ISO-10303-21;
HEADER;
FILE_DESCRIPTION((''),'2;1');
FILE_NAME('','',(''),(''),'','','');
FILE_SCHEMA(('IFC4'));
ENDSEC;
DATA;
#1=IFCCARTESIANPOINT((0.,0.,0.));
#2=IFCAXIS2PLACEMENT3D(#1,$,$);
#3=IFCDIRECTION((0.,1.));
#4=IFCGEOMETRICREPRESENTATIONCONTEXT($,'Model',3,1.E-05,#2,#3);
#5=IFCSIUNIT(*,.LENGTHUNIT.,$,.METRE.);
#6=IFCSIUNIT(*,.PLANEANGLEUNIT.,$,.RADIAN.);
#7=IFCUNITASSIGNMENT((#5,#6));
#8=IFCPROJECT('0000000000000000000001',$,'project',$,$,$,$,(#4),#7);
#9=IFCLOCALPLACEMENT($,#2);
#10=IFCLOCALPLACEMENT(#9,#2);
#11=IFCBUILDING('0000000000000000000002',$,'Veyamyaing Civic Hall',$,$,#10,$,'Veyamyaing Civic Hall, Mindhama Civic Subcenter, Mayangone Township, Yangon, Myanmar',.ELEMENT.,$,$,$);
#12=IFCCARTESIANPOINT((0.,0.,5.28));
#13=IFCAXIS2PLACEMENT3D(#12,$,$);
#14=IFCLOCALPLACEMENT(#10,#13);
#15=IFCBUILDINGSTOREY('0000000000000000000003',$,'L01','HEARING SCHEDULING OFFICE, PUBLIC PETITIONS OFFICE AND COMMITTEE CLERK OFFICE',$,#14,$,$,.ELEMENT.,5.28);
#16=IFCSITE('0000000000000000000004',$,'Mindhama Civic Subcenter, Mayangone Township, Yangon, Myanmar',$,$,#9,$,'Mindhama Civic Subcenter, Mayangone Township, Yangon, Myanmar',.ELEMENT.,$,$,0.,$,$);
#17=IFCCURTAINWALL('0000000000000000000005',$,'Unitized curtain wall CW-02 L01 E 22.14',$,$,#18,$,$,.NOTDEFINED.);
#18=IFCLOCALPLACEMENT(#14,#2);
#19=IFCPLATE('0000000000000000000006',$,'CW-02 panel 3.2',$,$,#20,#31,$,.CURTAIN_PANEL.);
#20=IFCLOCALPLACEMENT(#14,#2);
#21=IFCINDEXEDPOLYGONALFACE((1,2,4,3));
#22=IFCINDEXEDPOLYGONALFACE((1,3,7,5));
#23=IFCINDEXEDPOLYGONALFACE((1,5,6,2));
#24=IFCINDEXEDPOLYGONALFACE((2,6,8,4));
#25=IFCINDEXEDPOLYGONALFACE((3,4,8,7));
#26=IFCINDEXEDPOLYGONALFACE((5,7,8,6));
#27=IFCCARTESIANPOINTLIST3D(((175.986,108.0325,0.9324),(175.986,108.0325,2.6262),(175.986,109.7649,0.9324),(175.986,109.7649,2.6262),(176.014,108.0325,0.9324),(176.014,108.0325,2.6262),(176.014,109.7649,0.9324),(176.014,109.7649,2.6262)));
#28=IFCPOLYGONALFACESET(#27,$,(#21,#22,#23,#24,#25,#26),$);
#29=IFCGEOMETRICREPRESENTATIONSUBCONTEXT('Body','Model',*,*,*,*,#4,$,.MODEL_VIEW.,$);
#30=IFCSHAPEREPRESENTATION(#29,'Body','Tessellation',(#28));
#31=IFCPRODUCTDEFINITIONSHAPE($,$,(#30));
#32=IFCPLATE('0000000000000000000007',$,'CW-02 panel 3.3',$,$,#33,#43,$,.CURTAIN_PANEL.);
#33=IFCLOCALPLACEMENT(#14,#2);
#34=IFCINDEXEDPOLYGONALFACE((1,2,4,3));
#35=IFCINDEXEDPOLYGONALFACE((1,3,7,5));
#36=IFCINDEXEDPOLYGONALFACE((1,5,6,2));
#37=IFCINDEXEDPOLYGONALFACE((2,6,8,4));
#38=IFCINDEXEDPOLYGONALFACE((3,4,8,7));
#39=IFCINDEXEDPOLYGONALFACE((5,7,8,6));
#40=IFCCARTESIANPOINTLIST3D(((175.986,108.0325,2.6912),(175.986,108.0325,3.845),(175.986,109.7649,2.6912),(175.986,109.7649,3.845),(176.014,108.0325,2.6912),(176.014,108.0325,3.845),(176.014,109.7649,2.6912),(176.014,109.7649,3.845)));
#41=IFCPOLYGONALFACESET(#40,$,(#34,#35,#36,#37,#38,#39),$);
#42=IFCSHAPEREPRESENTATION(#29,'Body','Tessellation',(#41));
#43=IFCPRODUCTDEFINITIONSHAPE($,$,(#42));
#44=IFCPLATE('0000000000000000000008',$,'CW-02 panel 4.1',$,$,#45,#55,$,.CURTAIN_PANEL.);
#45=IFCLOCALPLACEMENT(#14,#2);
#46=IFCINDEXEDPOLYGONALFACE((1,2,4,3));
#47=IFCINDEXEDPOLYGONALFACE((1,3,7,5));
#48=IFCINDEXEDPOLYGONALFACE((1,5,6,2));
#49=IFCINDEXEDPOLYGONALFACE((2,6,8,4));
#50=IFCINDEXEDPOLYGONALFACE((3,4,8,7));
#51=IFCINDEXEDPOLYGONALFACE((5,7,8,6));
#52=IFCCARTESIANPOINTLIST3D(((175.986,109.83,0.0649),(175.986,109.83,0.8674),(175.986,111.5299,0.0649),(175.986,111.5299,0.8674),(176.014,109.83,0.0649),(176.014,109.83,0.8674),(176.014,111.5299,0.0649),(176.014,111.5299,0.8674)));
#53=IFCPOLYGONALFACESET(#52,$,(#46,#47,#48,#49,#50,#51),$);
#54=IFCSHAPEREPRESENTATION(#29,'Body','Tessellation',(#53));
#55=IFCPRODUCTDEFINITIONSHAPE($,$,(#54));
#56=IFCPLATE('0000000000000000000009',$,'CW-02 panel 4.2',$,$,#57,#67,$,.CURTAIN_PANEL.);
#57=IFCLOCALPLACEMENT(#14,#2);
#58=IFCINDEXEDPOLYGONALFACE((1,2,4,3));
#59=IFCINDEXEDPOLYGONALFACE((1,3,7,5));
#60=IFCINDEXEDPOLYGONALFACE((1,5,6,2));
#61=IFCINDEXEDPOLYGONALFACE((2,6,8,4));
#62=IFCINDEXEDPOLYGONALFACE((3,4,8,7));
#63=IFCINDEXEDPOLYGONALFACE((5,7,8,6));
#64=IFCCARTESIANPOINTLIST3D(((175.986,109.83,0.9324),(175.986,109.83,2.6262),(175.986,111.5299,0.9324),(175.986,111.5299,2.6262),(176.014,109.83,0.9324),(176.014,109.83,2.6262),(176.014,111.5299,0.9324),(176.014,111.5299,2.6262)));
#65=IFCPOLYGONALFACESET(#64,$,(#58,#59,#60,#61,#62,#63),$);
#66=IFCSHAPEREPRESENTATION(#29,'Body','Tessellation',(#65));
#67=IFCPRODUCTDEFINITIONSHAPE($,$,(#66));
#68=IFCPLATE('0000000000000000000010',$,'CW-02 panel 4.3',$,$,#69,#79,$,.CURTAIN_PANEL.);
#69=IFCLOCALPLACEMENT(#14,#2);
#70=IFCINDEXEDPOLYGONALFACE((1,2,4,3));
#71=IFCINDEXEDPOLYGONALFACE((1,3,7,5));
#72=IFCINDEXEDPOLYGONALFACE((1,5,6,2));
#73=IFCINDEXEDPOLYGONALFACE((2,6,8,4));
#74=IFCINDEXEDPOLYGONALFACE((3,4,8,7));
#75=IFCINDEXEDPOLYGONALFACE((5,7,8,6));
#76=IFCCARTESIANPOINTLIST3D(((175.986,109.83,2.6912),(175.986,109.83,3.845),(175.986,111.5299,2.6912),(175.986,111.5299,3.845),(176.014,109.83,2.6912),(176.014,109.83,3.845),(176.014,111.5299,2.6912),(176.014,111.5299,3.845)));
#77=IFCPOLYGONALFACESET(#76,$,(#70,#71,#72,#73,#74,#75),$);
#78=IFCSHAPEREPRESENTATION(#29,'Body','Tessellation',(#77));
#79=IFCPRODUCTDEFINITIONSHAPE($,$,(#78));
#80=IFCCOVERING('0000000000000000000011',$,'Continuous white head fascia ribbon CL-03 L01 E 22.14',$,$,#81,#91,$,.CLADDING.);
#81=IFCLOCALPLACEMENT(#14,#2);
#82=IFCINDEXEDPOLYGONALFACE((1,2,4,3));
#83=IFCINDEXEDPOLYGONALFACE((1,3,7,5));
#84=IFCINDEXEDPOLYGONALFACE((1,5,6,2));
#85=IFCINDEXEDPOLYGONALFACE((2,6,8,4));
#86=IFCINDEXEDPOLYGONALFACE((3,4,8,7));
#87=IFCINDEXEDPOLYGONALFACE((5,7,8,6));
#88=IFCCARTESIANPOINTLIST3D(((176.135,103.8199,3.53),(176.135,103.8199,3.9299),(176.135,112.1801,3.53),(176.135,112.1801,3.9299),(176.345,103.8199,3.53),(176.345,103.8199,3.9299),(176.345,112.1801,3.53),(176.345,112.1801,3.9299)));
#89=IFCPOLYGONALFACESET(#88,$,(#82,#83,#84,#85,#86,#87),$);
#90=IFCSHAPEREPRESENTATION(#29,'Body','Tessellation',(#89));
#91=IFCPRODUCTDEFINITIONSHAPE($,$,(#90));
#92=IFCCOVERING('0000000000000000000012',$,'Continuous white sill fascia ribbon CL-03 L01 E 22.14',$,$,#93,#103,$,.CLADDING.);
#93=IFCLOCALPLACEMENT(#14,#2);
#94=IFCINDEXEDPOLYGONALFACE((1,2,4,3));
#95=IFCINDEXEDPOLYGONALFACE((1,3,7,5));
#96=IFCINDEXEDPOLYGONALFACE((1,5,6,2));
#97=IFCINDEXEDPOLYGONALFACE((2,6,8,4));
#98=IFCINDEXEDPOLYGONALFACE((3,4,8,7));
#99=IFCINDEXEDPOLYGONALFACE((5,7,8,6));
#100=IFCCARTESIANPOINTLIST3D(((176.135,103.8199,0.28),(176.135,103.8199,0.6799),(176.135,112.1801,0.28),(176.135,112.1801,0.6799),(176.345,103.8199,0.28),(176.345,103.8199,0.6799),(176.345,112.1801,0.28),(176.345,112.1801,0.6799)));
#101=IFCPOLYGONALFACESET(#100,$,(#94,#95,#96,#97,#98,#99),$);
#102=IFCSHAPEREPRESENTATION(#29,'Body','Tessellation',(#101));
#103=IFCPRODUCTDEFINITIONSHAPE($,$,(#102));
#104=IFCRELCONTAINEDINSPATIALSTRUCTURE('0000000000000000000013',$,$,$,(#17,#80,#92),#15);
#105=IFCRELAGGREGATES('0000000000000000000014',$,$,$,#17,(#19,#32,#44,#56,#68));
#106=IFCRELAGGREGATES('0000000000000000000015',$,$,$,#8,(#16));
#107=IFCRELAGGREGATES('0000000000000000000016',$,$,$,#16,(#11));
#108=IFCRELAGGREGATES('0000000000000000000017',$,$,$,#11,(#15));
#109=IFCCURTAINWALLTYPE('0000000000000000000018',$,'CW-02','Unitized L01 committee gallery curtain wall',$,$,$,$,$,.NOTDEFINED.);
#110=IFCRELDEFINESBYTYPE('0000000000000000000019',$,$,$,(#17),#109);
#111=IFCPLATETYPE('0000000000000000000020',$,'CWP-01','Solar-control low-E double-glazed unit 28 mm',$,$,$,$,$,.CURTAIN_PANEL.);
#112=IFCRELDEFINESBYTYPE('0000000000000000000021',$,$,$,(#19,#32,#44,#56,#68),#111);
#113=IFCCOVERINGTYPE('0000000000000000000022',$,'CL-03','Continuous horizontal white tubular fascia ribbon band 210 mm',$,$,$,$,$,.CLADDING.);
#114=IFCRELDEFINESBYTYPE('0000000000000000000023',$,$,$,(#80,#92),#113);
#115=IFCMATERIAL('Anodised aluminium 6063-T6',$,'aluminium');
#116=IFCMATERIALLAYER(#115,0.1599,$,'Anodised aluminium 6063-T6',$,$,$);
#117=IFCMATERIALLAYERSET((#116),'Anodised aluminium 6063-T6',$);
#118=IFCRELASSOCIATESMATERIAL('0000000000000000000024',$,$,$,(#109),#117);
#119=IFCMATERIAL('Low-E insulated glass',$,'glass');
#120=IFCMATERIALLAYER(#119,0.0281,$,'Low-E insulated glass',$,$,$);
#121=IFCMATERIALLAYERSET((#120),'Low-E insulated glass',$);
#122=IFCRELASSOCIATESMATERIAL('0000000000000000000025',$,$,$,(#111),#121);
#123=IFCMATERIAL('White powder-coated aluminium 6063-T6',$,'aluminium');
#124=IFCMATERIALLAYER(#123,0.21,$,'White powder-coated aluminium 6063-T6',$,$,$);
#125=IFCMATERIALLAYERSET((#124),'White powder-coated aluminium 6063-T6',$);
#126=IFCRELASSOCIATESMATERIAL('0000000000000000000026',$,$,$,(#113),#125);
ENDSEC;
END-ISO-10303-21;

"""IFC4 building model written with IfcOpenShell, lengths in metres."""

from ifc_helpers import new_model, si_unit, direction, frame, origin, origin_2d, place, context, subcontext, project, spatial, rectangle, extrude, material, layer, layer_set, type_object, element, aggregate, save


model = new_model("IFC4")

# Units and contexts
model_context = context("Model", 3, precision=1e-05, world=origin(), true_north=direction((0.0, 1.0)))
body_context = subcontext(model_context, "Body", "Model", "MODEL_VIEW")
ifc_project = project(units=[si_unit("LENGTHUNIT", "METRE"), si_unit("PLANEANGLEUNIT", "RADIAN")], contexts=[model_context])

# Site, building, storey
site_placement = place(None, origin())
site = spatial("IfcSite", under=ifc_project, at=site_placement, Name="Mindhama Civic Subcenter, Mayangone Township, Yangon, Myanmar", LongName="Mindhama Civic Subcenter, Mayangone Township, Yangon, Myanmar", CompositionType="ELEMENT", RefElevation=0.0)
building_placement = place(site_placement, origin())
building = spatial("IfcBuilding", under=site, at=building_placement, Name="Veyamyaing Civic Hall", LongName="Veyamyaing Civic Hall, Mindhama Civic Subcenter, Mayangone Township, Yangon, Myanmar", CompositionType="ELEMENT")
storey_placement = place(building_placement, frame((0.0, 0.0, 5.28)))
storey = spatial("IfcBuildingStorey", under=building, at=storey_placement, Name="L01", Description="HEARING SCHEDULING OFFICE, PUBLIC PETITIONS OFFICE AND COMMITTEE CLERK OFFICE", CompositionType="ELEMENT", Elevation=5.28)

# Shared definitions
ifc_material_1 = material(Name="Anodised aluminium 6063-T6", Category="aluminium")
ifc_layer_1 = layer(ifc_material_1, 0.1599, Name="Anodised aluminium 6063-T6")
ifc_layer_set_1 = layer_set([ifc_layer_1], Name="Anodised aluminium 6063-T6")
curtain_wall_type = type_object("IfcCurtainWallType", Name="CW-02", Description="Unitized L01 committee gallery curtain wall", PredefinedType="NOTDEFINED", material=ifc_layer_set_1)

# Curtain wall
curtain_wall_1_placement = place(storey_placement, origin())
curtain_wall_1 = element("IfcCurtainWall", 1, at=curtain_wall_1_placement, inside=storey, type_object=curtain_wall_type, Name="Unitized curtain wall CW-02 L01 E 22.14", PredefinedType="NOTDEFINED")

# Plates
ifc_material_2 = material(Name="Low-E insulated glass", Category="glass")
ifc_layer_2 = layer(ifc_material_2, 0.0281, Name="Low-E insulated glass")
ifc_layer_set_2 = layer_set([ifc_layer_2], Name="Low-E insulated glass")
plate_type = type_object("IfcPlateType", Name="CWP-01", Description="Solar-control low-E double-glazed unit 28 mm", PredefinedType="CURTAIN_PANEL", material=ifc_layer_set_2)
plate_1_placement = place(storey_placement, frame((176.0, 108.8987, 0.9324), z_axis=(0.0, 0.0, 1.0), x_axis=(0.0, 1.0, 0.0)))
plate_1 = element("IfcPlate", 2, at=plate_1_placement, type_object=plate_type, Name="CW-02 panel 3.2", PredefinedType="CURTAIN_PANEL", context=body_context, shape_type="SweptSolid", body=[
    extrude(rectangle(XDim=1.7324, YDim=0.0281, at=origin_2d()), origin(), (0.0, 0.0, 1.0), 1.6938),
])
plate_2_placement = place(storey_placement, frame((176.0, 108.8987, 2.6912), z_axis=(0.0, 0.0, 1.0), x_axis=(0.0, 1.0, 0.0)))
plate_2 = element("IfcPlate", 3, at=plate_2_placement, type_object=plate_type, Name="CW-02 panel 3.3", PredefinedType="CURTAIN_PANEL", context=body_context, shape_type="SweptSolid", body=[
    extrude(rectangle(XDim=1.7324, YDim=0.0281, at=origin_2d()), origin(), (0.0, 0.0, 1.0), 1.1538),
])
plate_3_placement = place(storey_placement, frame((176.0, 110.6799, 0.0649), z_axis=(0.0, 0.0, 1.0), x_axis=(0.0, 1.0, 0.0)))
plate_3 = element("IfcPlate", 4, at=plate_3_placement, type_object=plate_type, Name="CW-02 panel 4.1", PredefinedType="CURTAIN_PANEL", context=body_context, shape_type="SweptSolid", body=[
    extrude(rectangle(XDim=1.7, YDim=0.0281, at=origin_2d()), origin(), (0.0, 0.0, 1.0), 0.8025),
])
plate_4_placement = place(storey_placement, frame((176.0, 110.6799, 0.9324), z_axis=(0.0, 0.0, 1.0), x_axis=(0.0, 1.0, 0.0)))
plate_4 = element("IfcPlate", 5, at=plate_4_placement, type_object=plate_type, Name="CW-02 panel 4.2", PredefinedType="CURTAIN_PANEL", context=body_context, shape_type="SweptSolid", body=[
    extrude(rectangle(XDim=1.7, YDim=0.0281, at=origin_2d()), origin(), (0.0, 0.0, 1.0), 1.6938),
])
plate_5_placement = place(storey_placement, frame((176.0, 110.6799, 2.6912), z_axis=(0.0, 0.0, 1.0), x_axis=(0.0, 1.0, 0.0)))
plate_5 = element("IfcPlate", 6, at=plate_5_placement, type_object=plate_type, Name="CW-02 panel 4.3", PredefinedType="CURTAIN_PANEL", context=body_context, shape_type="SweptSolid", body=[
    extrude(rectangle(XDim=1.7, YDim=0.0281, at=origin_2d()), origin(), (0.0, 0.0, 1.0), 1.1538),
])
aggregate(curtain_wall_1, [plate_1, plate_2, plate_3, plate_4, plate_5])

# Coverings
ifc_material_3 = material(Name="White powder-coated aluminium 6063-T6", Category="aluminium")
ifc_layer_3 = layer(ifc_material_3, 0.21, Name="White powder-coated aluminium 6063-T6")
ifc_layer_set_3 = layer_set([ifc_layer_3], Name="White powder-coated aluminium 6063-T6")
covering_type = type_object("IfcCoveringType", Name="CL-03", Description="Continuous horizontal white tubular fascia ribbon band 210 mm", PredefinedType="CLADDING", material=ifc_layer_set_3)
for number, where, z_axis, x_axis, name in (
    (7, (176.24, 108.0, 3.53), (0.0, 0.0, 1.0), (0.0, 1.0, 0.0), "Continuous white head fascia ribbon CL-03 L01 E 22.14"),
    (8, (176.24, 108.0, 0.28), (0.0, 0.0, 1.0), (0.0, 1.0, 0.0), "Continuous white sill fascia ribbon CL-03 L01 E 22.14"),
):
    element("IfcCovering", number, at=place(storey_placement, frame(where, z_axis=z_axis, x_axis=x_axis)), inside=storey, type_object=covering_type, Name=name, PredefinedType="CLADDING", context=body_context, shape_type="SweptSolid", body=[
        extrude(rectangle(XDim=8.3601, YDim=0.21, at=origin_2d()), origin(), (0.0, 0.0, 1.0), 0.3999),
    ])

save(model, "model.ifc")
